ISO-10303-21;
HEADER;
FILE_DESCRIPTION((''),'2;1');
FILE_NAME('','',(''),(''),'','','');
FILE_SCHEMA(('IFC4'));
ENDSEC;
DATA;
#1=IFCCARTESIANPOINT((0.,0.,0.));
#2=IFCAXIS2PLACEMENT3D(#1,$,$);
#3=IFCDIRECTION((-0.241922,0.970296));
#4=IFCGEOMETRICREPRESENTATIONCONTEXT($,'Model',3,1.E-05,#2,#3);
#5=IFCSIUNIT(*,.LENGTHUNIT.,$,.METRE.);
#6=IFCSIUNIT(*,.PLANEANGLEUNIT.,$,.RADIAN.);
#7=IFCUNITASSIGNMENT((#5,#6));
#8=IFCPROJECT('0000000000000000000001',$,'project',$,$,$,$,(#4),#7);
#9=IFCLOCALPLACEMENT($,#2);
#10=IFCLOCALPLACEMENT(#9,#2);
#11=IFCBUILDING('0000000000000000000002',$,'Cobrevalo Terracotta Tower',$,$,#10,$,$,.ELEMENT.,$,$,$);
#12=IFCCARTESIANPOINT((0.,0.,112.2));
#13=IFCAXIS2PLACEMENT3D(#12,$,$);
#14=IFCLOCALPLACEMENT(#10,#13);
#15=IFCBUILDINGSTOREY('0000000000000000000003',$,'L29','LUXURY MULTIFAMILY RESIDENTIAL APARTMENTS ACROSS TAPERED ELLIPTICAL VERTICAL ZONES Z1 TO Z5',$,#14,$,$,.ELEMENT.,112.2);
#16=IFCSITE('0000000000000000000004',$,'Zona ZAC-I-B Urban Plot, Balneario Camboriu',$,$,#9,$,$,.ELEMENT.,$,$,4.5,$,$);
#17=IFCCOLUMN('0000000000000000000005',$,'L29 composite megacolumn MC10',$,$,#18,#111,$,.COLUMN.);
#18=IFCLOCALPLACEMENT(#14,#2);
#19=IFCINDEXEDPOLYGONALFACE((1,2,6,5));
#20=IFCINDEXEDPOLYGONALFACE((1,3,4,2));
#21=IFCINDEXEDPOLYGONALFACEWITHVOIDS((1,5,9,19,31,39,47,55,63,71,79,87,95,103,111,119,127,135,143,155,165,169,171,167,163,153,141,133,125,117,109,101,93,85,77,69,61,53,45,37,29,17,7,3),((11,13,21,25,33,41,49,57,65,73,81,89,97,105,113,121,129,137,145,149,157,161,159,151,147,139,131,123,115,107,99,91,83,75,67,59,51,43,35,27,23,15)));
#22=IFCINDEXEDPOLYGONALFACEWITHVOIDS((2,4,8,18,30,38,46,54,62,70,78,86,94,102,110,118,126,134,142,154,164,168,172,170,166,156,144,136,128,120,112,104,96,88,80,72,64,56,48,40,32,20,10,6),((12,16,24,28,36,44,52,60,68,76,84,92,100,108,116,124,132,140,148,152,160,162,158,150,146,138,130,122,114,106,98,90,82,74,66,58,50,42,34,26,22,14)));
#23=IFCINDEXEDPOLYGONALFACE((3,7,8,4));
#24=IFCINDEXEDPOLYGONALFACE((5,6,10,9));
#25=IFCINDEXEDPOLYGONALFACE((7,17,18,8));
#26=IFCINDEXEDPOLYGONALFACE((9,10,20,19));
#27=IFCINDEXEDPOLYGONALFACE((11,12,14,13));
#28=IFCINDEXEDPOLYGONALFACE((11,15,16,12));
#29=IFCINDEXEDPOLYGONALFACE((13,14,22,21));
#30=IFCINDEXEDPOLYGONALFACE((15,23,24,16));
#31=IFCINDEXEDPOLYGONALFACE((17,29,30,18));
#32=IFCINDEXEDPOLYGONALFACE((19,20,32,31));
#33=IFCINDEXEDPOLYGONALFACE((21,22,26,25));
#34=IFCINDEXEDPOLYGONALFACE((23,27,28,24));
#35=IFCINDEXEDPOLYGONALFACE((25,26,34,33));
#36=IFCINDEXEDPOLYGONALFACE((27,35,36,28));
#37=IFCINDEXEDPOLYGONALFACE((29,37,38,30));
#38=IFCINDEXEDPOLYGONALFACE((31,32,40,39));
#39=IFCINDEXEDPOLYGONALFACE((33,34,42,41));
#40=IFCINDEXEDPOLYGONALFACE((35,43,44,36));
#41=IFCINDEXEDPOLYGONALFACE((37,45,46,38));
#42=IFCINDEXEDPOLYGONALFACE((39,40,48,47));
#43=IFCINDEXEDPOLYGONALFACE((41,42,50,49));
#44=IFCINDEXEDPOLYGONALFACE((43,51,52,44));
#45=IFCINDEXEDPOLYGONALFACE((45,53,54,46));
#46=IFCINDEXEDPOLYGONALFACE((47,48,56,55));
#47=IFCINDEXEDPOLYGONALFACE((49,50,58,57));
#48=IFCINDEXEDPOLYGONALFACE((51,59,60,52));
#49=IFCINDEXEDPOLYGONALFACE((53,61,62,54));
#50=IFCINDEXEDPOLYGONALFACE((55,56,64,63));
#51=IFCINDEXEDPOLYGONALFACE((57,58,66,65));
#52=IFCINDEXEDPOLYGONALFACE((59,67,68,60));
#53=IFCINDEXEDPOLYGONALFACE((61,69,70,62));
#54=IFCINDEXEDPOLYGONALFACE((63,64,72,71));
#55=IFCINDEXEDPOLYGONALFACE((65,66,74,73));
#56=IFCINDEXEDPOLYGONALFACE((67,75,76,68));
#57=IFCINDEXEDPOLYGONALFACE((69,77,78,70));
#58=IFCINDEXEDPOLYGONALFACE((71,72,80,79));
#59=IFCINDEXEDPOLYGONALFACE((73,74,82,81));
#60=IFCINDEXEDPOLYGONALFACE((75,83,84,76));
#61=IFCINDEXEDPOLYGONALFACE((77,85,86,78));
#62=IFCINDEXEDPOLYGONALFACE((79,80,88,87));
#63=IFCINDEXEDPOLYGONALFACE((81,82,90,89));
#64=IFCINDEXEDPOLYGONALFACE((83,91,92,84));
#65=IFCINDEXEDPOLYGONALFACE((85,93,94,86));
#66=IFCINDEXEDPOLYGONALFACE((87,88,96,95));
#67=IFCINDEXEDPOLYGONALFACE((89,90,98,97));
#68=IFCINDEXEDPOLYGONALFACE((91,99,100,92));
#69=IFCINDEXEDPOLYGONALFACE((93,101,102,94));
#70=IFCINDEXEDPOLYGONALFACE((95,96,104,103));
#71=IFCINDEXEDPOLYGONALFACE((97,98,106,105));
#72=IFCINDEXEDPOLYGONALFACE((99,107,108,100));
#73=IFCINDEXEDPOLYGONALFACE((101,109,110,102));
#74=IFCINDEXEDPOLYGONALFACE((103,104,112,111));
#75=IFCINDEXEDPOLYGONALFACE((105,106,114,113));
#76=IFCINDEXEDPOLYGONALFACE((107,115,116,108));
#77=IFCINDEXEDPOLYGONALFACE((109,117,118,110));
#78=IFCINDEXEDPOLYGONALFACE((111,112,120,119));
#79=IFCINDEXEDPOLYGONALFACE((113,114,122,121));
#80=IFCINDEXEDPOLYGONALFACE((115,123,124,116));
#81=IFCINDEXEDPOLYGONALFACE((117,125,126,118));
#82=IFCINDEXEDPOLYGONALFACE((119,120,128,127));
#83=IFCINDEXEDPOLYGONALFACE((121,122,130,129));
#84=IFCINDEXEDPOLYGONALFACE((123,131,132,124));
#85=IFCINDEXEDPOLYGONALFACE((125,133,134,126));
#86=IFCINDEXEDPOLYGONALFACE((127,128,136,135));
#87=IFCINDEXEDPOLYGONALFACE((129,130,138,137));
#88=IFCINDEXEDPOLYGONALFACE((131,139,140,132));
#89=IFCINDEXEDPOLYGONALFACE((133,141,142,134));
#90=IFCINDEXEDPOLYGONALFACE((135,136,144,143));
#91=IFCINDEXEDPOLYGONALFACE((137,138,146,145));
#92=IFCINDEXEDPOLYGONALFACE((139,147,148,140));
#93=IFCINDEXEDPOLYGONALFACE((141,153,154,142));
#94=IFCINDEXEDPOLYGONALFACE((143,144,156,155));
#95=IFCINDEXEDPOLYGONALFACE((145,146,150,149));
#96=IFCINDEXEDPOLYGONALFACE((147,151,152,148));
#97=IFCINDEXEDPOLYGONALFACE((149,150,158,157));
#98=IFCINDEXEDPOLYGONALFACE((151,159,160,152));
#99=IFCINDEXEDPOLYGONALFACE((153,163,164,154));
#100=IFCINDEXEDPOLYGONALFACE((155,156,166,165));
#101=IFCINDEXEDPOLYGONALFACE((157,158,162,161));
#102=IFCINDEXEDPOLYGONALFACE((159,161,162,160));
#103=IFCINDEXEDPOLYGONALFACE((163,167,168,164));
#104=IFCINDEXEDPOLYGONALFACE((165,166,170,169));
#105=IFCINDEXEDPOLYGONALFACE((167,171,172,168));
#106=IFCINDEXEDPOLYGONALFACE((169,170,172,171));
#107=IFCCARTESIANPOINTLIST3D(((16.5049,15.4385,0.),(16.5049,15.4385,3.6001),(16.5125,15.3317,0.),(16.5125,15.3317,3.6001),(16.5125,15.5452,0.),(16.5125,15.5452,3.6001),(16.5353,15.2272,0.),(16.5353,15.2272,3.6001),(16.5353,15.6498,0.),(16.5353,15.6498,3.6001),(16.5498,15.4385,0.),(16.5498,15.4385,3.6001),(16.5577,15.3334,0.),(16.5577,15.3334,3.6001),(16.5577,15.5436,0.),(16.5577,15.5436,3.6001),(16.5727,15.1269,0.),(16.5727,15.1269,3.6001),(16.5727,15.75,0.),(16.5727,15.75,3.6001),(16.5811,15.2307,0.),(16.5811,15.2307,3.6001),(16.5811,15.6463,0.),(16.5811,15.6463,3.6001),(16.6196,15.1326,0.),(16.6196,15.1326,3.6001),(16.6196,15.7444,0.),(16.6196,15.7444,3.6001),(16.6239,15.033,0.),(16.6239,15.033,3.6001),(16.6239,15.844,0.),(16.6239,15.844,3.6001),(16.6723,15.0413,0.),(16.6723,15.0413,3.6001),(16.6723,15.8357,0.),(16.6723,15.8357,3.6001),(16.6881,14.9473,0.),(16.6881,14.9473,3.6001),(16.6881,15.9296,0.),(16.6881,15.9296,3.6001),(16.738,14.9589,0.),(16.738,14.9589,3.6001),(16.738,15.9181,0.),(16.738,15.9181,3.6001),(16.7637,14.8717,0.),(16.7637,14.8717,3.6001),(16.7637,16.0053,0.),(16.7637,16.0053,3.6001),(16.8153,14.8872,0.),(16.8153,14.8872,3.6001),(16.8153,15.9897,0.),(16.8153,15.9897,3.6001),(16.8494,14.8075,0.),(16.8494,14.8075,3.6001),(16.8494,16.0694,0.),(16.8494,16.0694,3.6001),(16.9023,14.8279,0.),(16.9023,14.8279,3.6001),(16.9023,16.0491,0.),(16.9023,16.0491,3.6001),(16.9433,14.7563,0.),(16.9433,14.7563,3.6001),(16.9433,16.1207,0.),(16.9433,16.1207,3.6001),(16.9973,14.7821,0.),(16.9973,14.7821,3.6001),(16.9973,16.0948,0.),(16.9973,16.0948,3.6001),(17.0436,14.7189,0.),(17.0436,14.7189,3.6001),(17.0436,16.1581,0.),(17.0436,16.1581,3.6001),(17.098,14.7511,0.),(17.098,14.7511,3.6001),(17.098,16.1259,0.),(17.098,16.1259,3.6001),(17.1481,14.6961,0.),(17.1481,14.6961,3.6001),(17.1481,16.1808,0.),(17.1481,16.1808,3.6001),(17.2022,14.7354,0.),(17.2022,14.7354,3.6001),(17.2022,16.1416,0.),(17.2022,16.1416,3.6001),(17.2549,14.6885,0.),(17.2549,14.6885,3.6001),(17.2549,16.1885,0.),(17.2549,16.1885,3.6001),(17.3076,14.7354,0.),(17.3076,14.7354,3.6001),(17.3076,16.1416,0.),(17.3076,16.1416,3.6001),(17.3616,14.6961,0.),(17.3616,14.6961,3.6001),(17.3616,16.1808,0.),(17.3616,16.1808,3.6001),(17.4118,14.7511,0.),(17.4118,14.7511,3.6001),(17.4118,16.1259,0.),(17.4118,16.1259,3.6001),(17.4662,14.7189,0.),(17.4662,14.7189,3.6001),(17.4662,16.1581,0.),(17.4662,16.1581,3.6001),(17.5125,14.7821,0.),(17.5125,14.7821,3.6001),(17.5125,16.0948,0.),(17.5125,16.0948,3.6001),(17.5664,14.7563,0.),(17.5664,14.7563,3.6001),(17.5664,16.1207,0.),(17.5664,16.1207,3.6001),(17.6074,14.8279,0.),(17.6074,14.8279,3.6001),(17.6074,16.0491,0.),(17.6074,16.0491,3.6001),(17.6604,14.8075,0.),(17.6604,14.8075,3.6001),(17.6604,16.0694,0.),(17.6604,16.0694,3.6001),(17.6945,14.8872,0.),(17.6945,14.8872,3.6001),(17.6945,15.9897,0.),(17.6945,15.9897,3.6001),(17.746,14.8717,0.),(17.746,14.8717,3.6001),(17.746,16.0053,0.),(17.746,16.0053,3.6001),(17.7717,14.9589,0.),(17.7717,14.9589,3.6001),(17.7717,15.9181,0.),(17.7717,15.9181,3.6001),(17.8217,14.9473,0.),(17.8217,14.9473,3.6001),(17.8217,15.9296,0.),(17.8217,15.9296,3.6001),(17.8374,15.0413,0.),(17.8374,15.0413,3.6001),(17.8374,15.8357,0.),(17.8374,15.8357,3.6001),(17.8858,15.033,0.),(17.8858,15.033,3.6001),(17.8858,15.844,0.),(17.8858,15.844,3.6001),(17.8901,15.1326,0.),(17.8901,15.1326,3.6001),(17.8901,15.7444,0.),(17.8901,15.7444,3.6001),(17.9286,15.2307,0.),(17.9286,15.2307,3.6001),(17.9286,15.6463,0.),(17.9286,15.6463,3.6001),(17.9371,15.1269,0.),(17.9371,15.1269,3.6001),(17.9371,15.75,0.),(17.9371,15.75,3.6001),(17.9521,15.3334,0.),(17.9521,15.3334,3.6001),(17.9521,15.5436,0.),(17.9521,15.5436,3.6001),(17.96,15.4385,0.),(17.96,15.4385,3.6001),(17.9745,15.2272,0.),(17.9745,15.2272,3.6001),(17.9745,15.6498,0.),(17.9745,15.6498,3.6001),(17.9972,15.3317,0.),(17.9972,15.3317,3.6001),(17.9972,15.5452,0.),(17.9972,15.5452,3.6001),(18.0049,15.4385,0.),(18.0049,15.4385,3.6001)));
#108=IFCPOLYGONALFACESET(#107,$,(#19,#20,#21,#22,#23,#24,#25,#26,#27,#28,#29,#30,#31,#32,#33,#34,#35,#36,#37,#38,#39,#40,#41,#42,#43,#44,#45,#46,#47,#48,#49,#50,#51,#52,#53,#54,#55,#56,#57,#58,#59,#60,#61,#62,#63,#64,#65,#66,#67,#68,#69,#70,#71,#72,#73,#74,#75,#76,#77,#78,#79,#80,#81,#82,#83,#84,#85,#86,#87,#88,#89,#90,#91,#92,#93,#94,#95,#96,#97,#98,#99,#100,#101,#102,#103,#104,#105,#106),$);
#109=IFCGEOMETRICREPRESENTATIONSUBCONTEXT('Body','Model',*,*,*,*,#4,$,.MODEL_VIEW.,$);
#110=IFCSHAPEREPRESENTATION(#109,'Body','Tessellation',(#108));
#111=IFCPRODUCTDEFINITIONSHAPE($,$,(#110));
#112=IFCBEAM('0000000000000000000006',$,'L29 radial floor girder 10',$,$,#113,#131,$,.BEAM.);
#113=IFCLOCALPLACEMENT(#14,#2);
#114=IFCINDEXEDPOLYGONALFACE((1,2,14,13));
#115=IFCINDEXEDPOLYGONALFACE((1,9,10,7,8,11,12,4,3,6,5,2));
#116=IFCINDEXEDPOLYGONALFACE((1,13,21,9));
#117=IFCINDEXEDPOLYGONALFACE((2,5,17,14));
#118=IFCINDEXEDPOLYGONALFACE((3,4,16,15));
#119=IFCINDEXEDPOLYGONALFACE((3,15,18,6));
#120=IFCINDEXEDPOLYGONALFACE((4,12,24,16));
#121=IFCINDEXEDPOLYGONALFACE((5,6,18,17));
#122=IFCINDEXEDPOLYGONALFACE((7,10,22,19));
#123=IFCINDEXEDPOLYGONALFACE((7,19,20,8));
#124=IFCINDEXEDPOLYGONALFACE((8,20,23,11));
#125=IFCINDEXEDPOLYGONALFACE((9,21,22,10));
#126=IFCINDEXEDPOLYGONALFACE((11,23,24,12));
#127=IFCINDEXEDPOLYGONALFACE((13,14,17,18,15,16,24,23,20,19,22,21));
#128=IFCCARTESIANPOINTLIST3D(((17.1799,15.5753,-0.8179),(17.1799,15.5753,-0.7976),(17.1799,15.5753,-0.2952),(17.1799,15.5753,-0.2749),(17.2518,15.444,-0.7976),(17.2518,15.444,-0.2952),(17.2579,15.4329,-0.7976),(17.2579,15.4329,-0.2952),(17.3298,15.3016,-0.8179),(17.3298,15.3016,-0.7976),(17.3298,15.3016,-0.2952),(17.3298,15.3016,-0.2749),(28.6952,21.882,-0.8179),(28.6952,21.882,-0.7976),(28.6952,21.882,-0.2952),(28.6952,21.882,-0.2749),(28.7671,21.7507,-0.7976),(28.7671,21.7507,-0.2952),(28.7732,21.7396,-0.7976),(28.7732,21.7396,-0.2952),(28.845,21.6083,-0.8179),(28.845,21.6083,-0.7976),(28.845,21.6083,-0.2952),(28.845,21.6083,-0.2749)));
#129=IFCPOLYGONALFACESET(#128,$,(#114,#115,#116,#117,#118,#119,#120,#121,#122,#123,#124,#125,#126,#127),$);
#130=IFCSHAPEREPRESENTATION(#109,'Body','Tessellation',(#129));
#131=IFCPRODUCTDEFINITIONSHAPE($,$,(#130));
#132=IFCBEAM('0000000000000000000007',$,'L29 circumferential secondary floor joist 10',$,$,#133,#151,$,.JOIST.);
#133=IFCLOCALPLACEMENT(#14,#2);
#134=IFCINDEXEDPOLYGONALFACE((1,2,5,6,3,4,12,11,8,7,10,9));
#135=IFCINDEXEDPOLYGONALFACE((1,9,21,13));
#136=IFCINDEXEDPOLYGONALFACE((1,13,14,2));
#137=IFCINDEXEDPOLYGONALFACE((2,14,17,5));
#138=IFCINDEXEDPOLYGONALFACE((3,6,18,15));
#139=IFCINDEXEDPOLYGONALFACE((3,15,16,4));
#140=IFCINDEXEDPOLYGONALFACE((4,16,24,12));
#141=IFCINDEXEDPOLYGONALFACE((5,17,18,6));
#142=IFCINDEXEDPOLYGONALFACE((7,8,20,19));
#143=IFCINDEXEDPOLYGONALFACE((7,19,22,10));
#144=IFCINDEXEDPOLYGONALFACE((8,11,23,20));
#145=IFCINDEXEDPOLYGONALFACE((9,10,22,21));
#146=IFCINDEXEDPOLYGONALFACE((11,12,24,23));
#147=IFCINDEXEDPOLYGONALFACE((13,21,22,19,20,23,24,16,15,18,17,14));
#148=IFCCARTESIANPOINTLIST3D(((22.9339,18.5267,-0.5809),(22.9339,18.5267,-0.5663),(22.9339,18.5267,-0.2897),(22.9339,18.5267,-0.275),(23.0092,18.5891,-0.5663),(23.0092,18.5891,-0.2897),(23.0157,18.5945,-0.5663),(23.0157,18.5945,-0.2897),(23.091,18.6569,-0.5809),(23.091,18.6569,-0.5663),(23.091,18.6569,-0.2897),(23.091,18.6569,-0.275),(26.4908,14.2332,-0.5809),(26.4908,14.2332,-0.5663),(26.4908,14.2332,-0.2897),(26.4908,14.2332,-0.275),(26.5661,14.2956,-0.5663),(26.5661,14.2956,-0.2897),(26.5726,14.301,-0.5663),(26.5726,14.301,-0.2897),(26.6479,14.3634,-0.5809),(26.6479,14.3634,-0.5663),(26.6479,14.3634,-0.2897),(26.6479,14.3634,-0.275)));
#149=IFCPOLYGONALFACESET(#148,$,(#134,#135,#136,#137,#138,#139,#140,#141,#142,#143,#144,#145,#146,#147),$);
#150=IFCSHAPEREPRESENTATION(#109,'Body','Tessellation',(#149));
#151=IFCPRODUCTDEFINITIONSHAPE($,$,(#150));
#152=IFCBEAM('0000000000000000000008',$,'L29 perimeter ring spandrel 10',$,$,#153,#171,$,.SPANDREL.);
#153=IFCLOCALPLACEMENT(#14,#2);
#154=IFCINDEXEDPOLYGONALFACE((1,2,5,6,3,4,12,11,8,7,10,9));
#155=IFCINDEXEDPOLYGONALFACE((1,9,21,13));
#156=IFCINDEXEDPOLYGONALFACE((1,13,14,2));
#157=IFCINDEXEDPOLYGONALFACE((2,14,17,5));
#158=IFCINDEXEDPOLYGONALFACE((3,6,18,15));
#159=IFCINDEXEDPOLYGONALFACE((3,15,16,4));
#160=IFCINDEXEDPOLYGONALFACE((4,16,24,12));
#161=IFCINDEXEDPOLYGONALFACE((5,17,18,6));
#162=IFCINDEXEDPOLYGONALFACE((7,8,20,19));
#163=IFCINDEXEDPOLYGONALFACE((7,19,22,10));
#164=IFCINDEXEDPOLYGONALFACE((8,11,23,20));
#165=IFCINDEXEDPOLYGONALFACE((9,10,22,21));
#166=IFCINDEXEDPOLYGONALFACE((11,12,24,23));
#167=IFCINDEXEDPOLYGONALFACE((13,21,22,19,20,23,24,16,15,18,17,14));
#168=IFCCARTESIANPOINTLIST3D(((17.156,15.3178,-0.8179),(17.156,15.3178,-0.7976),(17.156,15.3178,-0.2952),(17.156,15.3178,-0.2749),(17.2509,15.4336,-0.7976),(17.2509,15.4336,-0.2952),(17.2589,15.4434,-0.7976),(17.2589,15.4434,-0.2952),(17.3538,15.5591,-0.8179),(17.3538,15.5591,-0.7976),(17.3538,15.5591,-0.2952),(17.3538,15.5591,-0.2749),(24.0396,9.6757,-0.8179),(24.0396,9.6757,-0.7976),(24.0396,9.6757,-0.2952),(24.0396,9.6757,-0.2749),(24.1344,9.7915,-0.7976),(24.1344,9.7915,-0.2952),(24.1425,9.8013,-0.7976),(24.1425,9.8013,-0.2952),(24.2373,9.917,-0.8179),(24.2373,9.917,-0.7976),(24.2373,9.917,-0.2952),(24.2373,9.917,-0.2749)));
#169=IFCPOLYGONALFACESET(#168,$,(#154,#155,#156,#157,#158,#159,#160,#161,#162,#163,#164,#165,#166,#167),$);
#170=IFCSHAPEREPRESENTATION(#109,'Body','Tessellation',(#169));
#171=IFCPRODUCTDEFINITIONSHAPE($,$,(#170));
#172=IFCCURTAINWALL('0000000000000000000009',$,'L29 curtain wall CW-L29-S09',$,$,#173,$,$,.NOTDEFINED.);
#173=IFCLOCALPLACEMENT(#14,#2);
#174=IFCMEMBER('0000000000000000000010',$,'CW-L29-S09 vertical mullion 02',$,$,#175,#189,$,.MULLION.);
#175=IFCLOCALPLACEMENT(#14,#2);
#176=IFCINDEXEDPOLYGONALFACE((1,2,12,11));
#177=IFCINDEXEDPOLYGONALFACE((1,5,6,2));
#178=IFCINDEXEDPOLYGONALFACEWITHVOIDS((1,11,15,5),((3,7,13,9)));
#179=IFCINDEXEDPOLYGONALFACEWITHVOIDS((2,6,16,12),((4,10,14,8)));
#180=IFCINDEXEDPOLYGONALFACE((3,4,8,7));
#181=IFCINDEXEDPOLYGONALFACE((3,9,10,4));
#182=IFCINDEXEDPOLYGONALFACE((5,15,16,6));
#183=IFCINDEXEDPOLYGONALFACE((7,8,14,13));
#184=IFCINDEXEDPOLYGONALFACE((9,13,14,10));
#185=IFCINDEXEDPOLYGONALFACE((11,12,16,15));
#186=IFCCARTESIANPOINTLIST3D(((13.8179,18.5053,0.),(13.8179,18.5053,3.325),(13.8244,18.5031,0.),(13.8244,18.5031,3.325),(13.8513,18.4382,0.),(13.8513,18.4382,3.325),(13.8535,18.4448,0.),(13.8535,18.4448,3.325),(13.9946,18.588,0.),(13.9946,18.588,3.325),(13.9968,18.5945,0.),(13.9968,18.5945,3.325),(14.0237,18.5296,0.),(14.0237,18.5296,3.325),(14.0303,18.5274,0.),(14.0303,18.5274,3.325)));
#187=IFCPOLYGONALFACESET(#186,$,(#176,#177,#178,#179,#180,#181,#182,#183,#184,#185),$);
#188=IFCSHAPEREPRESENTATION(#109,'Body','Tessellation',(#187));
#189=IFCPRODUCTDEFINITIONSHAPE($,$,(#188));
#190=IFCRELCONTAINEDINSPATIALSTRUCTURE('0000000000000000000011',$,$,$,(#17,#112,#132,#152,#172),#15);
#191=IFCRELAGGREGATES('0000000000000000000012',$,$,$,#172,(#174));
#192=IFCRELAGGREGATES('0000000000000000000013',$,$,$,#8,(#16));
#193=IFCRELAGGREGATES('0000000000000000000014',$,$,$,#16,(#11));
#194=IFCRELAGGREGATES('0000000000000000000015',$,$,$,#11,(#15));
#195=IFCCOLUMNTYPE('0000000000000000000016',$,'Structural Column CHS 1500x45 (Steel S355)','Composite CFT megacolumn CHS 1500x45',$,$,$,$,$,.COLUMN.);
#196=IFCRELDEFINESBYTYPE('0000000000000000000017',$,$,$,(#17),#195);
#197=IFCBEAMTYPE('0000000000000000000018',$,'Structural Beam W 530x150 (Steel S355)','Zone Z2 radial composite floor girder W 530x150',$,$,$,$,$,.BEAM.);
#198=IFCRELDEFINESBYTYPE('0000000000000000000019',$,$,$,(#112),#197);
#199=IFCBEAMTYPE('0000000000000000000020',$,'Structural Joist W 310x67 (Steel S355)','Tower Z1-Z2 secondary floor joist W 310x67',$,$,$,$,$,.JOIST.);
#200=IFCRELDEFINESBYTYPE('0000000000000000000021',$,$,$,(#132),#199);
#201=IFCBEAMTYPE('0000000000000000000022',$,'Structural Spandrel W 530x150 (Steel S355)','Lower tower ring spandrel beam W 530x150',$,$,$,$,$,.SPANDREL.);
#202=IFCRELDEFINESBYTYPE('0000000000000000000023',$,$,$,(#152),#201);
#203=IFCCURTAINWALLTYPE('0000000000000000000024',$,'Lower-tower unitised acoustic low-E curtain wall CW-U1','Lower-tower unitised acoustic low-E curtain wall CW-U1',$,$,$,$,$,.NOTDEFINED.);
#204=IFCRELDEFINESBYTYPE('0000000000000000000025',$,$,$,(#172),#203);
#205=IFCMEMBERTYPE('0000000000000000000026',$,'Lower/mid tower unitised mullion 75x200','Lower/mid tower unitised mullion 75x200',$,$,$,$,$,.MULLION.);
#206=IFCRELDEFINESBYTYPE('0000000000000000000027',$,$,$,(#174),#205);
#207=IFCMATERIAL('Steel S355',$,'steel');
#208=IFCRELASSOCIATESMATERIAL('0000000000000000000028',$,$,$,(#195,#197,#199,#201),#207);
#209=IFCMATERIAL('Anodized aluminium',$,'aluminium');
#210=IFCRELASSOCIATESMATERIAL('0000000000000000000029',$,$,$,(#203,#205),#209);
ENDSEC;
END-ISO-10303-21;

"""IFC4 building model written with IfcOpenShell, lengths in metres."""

from ifc_helpers import new_model, si_unit, direction, frame, origin, origin_2d, place, context, subcontext, project, spatial, hollow_rectangle, hollow_circle, i_section, extrude, source, transform, mapped, material, material_profile, profile_set, type_object, element, aggregate, save


model = new_model("IFC4")

# Units and contexts
model_context = context("Model", 3, precision=1e-05, world=origin(), true_north=direction((-0.241922, 0.970296)))
body_context = subcontext(model_context, "Body", "Model", "MODEL_VIEW")
ifc_project = project(units=[si_unit("LENGTHUNIT", "METRE"), si_unit("PLANEANGLEUNIT", "RADIAN")], contexts=[model_context])

# Site, building, storey
site_placement = place(None, origin())
site = spatial("IfcSite", under=ifc_project, at=site_placement, Name="Zona ZAC-I-B Urban Plot, Balneario Camboriu", CompositionType="ELEMENT", RefElevation=4.5)
building_placement = place(site_placement, origin())
building = spatial("IfcBuilding", under=site, at=building_placement, Name="Cobrevalo Terracotta Tower", CompositionType="ELEMENT")
storey_placement = place(building_placement, frame((0.0, 0.0, 112.2)))
storey = spatial("IfcBuildingStorey", under=building, at=storey_placement, Name="L29", Description="LUXURY MULTIFAMILY RESIDENTIAL APARTMENTS ACROSS TAPERED ELLIPTICAL VERTICAL ZONES Z1 TO Z5", CompositionType="ELEMENT", Elevation=112.2)

# Column
ifc_material_1 = material(Name="Steel S355", Category="steel")
ifc_material_profile_1 = material_profile(ifc_material_1, hollow_circle(Radius=0.75, WallThickness=0.0449, at=origin_2d()), Name="CHS 1500x45")
ifc_profile_set_1 = profile_set([ifc_material_profile_1], Name="Steel S355")
column_type = type_object("IfcColumnType", Name="Structural Column CHS 1500x45 (Steel S355)", Description="Composite CFT megacolumn CHS 1500x45", PredefinedType="COLUMN", material=ifc_profile_set_1)
column_placement = place(storey_placement, frame((17.2549, 15.4385, 0.0), z_axis=(0.0, 0.0, 1.0), x_axis=(1.0, 0.0, 0.0)))
element("IfcColumn", 1, at=column_placement, inside=storey, type_object=column_type, Name="L29 composite megacolumn MC10", PredefinedType="COLUMN", context=body_context, shape_type="SweptSolid", body=[
    extrude(hollow_circle(Radius=0.75, WallThickness=0.0449, at=origin_2d()), origin(), (0.0, 0.0, 1.0), 3.6001),
])

# Beams
ifc_material_profile_2 = material_profile(ifc_material_1, i_section(OverallWidth=0.312, OverallDepth=0.543, WebThickness=0.0127, FlangeThickness=0.0203, at=origin_2d()), Name="W 530x150")
ifc_profile_set_2 = profile_set([ifc_material_profile_2], Name="Steel S355")
beam_type_1 = type_object("IfcBeamType", Name="Structural Beam W 530x150 (Steel S355)", Description="Zone Z2 radial composite floor girder W 530x150", PredefinedType="BEAM", material=ifc_profile_set_2)
beam_1_placement = place(storey_placement, frame((17.2549, 15.4385, -0.5464), z_axis=(0.877073, 0.480358, 0.0), x_axis=(-0.480358, 0.877073, 0.0)))
element("IfcBeam", 2, at=beam_1_placement, inside=storey, type_object=beam_type_1, Name="L29 radial floor girder 10", PredefinedType="BEAM", context=body_context, shape_type="SweptSolid", body=[
    extrude(i_section(OverallWidth=0.312, OverallDepth=0.543, WebThickness=0.0127, FlangeThickness=0.0203, at=origin_2d()), origin(), (0.0, 0.0, 1.0), 13.1292),
])
ifc_material_profile_3 = material_profile(ifc_material_1, i_section(OverallWidth=0.2041, OverallDepth=0.3059, WebThickness=0.0085, FlangeThickness=0.0146, at=origin_2d()), Name="W 310x67")
ifc_profile_set_3 = profile_set([ifc_material_profile_3], Name="Steel S355")
beam_type_2 = type_object("IfcBeamType", Name="Structural Joist W 310x67 (Steel S355)", Description="Tower Z1-Z2 secondary floor joist W 310x67", PredefinedType="JOIST", material=ifc_profile_set_3)
beam_2_placement = place(storey_placement, frame((23.0125, 18.5918, -0.428), z_axis=(0.637959, -0.77007, 0.0), x_axis=(0.77007, 0.637959, 0.0)))
element("IfcBeam", 3, at=beam_2_placement, inside=storey, type_object=beam_type_2, Name="L29 circumferential secondary floor joist 10", PredefinedType="JOIST", context=body_context, shape_type="SweptSolid", body=[
    extrude(i_section(OverallWidth=0.2041, OverallDepth=0.3059, WebThickness=0.0085, FlangeThickness=0.0146, at=origin_2d()), origin(), (0.0, 0.0, 1.0), 5.5754),
])
ifc_material_profile_4 = material_profile(ifc_material_1, i_section(OverallWidth=0.312, OverallDepth=0.543, WebThickness=0.0127, FlangeThickness=0.0203, at=origin_2d()), Name="W 530x150")
ifc_profile_set_4 = profile_set([ifc_material_profile_4], Name="Steel S355")
beam_type_3 = type_object("IfcBeamType", Name="Structural Spandrel W 530x150 (Steel S355)", Description="Lower tower ring spandrel beam W 530x150", PredefinedType="SPANDREL", material=ifc_profile_set_4)
beam_3_placement = place(storey_placement, frame((17.2549, 15.4385, -0.5464), z_axis=(0.773401, -0.633917, 0.0), x_axis=(0.633917, 0.773401, 0.0)))
element("IfcBeam", 4, at=beam_3_placement, inside=storey, type_object=beam_type_3, Name="L29 perimeter ring spandrel 10", PredefinedType="SPANDREL", context=body_context, shape_type="SweptSolid", body=[
    extrude(i_section(OverallWidth=0.312, OverallDepth=0.543, WebThickness=0.0127, FlangeThickness=0.0203, at=origin_2d()), origin(), (0.0, 0.0, 1.0), 8.9004),
])

# Curtain wall, member
ifc_material_2 = material(Name="Anodized aluminium", Category="aluminium")
curtain_wall_type = type_object("IfcCurtainWallType", Name="Lower-tower unitised acoustic low-E curtain wall CW-U1", Description="Lower-tower unitised acoustic low-E curtain wall CW-U1", PredefinedType="NOTDEFINED", material=ifc_material_2)
curtain_wall_1_placement = place(storey_placement, origin())
curtain_wall_1 = element("IfcCurtainWall", 5, at=curtain_wall_1_placement, inside=storey, type_object=curtain_wall_type, Name="L29 curtain wall CW-L29-S09", PredefinedType="NOTDEFINED")
ifc_material_profile_5 = material_profile(ifc_material_2, hollow_rectangle(XDim=0.075, YDim=0.2, WallThickness=0.0049, at=origin_2d()), Name="CWM 75x200")
ifc_profile_set_5 = profile_set([ifc_material_profile_5], Name="Anodized aluminium")
member_type_1 = type_object("IfcMemberType", Name="Lower/mid tower unitised mullion 75x200", Description="Lower/mid tower unitised mullion 75x200", PredefinedType="MULLION", material=ifc_profile_set_5)
shared_shape_1 = source(origin(), body_context, "Body", "SweptSolid", [
    extrude(hollow_rectangle(XDim=0.075, YDim=0.2, WallThickness=0.0049, at=origin_2d()), origin(), (0.0, 0.0, 1.0), 3.325),
])
member_1_placement = place(storey_placement, frame((13.9241, 18.5164, 0.0), z_axis=(0.0, 0.0, 1.0), x_axis=(0.44626, -0.894903, 0.0)))
member_1 = element("IfcMember", 6, at=member_1_placement, type_object=member_type_1, Name="CW-L29-S09 vertical mullion 02", PredefinedType="MULLION", context=body_context, shape_type="MappedRepresentation", body=[
    mapped(shared_shape_1, transform((0.0, 0.0, 0.0), scale=1.0)),
])

aggregate(curtain_wall_1, [member_1])

save(model, "model.ifc")
